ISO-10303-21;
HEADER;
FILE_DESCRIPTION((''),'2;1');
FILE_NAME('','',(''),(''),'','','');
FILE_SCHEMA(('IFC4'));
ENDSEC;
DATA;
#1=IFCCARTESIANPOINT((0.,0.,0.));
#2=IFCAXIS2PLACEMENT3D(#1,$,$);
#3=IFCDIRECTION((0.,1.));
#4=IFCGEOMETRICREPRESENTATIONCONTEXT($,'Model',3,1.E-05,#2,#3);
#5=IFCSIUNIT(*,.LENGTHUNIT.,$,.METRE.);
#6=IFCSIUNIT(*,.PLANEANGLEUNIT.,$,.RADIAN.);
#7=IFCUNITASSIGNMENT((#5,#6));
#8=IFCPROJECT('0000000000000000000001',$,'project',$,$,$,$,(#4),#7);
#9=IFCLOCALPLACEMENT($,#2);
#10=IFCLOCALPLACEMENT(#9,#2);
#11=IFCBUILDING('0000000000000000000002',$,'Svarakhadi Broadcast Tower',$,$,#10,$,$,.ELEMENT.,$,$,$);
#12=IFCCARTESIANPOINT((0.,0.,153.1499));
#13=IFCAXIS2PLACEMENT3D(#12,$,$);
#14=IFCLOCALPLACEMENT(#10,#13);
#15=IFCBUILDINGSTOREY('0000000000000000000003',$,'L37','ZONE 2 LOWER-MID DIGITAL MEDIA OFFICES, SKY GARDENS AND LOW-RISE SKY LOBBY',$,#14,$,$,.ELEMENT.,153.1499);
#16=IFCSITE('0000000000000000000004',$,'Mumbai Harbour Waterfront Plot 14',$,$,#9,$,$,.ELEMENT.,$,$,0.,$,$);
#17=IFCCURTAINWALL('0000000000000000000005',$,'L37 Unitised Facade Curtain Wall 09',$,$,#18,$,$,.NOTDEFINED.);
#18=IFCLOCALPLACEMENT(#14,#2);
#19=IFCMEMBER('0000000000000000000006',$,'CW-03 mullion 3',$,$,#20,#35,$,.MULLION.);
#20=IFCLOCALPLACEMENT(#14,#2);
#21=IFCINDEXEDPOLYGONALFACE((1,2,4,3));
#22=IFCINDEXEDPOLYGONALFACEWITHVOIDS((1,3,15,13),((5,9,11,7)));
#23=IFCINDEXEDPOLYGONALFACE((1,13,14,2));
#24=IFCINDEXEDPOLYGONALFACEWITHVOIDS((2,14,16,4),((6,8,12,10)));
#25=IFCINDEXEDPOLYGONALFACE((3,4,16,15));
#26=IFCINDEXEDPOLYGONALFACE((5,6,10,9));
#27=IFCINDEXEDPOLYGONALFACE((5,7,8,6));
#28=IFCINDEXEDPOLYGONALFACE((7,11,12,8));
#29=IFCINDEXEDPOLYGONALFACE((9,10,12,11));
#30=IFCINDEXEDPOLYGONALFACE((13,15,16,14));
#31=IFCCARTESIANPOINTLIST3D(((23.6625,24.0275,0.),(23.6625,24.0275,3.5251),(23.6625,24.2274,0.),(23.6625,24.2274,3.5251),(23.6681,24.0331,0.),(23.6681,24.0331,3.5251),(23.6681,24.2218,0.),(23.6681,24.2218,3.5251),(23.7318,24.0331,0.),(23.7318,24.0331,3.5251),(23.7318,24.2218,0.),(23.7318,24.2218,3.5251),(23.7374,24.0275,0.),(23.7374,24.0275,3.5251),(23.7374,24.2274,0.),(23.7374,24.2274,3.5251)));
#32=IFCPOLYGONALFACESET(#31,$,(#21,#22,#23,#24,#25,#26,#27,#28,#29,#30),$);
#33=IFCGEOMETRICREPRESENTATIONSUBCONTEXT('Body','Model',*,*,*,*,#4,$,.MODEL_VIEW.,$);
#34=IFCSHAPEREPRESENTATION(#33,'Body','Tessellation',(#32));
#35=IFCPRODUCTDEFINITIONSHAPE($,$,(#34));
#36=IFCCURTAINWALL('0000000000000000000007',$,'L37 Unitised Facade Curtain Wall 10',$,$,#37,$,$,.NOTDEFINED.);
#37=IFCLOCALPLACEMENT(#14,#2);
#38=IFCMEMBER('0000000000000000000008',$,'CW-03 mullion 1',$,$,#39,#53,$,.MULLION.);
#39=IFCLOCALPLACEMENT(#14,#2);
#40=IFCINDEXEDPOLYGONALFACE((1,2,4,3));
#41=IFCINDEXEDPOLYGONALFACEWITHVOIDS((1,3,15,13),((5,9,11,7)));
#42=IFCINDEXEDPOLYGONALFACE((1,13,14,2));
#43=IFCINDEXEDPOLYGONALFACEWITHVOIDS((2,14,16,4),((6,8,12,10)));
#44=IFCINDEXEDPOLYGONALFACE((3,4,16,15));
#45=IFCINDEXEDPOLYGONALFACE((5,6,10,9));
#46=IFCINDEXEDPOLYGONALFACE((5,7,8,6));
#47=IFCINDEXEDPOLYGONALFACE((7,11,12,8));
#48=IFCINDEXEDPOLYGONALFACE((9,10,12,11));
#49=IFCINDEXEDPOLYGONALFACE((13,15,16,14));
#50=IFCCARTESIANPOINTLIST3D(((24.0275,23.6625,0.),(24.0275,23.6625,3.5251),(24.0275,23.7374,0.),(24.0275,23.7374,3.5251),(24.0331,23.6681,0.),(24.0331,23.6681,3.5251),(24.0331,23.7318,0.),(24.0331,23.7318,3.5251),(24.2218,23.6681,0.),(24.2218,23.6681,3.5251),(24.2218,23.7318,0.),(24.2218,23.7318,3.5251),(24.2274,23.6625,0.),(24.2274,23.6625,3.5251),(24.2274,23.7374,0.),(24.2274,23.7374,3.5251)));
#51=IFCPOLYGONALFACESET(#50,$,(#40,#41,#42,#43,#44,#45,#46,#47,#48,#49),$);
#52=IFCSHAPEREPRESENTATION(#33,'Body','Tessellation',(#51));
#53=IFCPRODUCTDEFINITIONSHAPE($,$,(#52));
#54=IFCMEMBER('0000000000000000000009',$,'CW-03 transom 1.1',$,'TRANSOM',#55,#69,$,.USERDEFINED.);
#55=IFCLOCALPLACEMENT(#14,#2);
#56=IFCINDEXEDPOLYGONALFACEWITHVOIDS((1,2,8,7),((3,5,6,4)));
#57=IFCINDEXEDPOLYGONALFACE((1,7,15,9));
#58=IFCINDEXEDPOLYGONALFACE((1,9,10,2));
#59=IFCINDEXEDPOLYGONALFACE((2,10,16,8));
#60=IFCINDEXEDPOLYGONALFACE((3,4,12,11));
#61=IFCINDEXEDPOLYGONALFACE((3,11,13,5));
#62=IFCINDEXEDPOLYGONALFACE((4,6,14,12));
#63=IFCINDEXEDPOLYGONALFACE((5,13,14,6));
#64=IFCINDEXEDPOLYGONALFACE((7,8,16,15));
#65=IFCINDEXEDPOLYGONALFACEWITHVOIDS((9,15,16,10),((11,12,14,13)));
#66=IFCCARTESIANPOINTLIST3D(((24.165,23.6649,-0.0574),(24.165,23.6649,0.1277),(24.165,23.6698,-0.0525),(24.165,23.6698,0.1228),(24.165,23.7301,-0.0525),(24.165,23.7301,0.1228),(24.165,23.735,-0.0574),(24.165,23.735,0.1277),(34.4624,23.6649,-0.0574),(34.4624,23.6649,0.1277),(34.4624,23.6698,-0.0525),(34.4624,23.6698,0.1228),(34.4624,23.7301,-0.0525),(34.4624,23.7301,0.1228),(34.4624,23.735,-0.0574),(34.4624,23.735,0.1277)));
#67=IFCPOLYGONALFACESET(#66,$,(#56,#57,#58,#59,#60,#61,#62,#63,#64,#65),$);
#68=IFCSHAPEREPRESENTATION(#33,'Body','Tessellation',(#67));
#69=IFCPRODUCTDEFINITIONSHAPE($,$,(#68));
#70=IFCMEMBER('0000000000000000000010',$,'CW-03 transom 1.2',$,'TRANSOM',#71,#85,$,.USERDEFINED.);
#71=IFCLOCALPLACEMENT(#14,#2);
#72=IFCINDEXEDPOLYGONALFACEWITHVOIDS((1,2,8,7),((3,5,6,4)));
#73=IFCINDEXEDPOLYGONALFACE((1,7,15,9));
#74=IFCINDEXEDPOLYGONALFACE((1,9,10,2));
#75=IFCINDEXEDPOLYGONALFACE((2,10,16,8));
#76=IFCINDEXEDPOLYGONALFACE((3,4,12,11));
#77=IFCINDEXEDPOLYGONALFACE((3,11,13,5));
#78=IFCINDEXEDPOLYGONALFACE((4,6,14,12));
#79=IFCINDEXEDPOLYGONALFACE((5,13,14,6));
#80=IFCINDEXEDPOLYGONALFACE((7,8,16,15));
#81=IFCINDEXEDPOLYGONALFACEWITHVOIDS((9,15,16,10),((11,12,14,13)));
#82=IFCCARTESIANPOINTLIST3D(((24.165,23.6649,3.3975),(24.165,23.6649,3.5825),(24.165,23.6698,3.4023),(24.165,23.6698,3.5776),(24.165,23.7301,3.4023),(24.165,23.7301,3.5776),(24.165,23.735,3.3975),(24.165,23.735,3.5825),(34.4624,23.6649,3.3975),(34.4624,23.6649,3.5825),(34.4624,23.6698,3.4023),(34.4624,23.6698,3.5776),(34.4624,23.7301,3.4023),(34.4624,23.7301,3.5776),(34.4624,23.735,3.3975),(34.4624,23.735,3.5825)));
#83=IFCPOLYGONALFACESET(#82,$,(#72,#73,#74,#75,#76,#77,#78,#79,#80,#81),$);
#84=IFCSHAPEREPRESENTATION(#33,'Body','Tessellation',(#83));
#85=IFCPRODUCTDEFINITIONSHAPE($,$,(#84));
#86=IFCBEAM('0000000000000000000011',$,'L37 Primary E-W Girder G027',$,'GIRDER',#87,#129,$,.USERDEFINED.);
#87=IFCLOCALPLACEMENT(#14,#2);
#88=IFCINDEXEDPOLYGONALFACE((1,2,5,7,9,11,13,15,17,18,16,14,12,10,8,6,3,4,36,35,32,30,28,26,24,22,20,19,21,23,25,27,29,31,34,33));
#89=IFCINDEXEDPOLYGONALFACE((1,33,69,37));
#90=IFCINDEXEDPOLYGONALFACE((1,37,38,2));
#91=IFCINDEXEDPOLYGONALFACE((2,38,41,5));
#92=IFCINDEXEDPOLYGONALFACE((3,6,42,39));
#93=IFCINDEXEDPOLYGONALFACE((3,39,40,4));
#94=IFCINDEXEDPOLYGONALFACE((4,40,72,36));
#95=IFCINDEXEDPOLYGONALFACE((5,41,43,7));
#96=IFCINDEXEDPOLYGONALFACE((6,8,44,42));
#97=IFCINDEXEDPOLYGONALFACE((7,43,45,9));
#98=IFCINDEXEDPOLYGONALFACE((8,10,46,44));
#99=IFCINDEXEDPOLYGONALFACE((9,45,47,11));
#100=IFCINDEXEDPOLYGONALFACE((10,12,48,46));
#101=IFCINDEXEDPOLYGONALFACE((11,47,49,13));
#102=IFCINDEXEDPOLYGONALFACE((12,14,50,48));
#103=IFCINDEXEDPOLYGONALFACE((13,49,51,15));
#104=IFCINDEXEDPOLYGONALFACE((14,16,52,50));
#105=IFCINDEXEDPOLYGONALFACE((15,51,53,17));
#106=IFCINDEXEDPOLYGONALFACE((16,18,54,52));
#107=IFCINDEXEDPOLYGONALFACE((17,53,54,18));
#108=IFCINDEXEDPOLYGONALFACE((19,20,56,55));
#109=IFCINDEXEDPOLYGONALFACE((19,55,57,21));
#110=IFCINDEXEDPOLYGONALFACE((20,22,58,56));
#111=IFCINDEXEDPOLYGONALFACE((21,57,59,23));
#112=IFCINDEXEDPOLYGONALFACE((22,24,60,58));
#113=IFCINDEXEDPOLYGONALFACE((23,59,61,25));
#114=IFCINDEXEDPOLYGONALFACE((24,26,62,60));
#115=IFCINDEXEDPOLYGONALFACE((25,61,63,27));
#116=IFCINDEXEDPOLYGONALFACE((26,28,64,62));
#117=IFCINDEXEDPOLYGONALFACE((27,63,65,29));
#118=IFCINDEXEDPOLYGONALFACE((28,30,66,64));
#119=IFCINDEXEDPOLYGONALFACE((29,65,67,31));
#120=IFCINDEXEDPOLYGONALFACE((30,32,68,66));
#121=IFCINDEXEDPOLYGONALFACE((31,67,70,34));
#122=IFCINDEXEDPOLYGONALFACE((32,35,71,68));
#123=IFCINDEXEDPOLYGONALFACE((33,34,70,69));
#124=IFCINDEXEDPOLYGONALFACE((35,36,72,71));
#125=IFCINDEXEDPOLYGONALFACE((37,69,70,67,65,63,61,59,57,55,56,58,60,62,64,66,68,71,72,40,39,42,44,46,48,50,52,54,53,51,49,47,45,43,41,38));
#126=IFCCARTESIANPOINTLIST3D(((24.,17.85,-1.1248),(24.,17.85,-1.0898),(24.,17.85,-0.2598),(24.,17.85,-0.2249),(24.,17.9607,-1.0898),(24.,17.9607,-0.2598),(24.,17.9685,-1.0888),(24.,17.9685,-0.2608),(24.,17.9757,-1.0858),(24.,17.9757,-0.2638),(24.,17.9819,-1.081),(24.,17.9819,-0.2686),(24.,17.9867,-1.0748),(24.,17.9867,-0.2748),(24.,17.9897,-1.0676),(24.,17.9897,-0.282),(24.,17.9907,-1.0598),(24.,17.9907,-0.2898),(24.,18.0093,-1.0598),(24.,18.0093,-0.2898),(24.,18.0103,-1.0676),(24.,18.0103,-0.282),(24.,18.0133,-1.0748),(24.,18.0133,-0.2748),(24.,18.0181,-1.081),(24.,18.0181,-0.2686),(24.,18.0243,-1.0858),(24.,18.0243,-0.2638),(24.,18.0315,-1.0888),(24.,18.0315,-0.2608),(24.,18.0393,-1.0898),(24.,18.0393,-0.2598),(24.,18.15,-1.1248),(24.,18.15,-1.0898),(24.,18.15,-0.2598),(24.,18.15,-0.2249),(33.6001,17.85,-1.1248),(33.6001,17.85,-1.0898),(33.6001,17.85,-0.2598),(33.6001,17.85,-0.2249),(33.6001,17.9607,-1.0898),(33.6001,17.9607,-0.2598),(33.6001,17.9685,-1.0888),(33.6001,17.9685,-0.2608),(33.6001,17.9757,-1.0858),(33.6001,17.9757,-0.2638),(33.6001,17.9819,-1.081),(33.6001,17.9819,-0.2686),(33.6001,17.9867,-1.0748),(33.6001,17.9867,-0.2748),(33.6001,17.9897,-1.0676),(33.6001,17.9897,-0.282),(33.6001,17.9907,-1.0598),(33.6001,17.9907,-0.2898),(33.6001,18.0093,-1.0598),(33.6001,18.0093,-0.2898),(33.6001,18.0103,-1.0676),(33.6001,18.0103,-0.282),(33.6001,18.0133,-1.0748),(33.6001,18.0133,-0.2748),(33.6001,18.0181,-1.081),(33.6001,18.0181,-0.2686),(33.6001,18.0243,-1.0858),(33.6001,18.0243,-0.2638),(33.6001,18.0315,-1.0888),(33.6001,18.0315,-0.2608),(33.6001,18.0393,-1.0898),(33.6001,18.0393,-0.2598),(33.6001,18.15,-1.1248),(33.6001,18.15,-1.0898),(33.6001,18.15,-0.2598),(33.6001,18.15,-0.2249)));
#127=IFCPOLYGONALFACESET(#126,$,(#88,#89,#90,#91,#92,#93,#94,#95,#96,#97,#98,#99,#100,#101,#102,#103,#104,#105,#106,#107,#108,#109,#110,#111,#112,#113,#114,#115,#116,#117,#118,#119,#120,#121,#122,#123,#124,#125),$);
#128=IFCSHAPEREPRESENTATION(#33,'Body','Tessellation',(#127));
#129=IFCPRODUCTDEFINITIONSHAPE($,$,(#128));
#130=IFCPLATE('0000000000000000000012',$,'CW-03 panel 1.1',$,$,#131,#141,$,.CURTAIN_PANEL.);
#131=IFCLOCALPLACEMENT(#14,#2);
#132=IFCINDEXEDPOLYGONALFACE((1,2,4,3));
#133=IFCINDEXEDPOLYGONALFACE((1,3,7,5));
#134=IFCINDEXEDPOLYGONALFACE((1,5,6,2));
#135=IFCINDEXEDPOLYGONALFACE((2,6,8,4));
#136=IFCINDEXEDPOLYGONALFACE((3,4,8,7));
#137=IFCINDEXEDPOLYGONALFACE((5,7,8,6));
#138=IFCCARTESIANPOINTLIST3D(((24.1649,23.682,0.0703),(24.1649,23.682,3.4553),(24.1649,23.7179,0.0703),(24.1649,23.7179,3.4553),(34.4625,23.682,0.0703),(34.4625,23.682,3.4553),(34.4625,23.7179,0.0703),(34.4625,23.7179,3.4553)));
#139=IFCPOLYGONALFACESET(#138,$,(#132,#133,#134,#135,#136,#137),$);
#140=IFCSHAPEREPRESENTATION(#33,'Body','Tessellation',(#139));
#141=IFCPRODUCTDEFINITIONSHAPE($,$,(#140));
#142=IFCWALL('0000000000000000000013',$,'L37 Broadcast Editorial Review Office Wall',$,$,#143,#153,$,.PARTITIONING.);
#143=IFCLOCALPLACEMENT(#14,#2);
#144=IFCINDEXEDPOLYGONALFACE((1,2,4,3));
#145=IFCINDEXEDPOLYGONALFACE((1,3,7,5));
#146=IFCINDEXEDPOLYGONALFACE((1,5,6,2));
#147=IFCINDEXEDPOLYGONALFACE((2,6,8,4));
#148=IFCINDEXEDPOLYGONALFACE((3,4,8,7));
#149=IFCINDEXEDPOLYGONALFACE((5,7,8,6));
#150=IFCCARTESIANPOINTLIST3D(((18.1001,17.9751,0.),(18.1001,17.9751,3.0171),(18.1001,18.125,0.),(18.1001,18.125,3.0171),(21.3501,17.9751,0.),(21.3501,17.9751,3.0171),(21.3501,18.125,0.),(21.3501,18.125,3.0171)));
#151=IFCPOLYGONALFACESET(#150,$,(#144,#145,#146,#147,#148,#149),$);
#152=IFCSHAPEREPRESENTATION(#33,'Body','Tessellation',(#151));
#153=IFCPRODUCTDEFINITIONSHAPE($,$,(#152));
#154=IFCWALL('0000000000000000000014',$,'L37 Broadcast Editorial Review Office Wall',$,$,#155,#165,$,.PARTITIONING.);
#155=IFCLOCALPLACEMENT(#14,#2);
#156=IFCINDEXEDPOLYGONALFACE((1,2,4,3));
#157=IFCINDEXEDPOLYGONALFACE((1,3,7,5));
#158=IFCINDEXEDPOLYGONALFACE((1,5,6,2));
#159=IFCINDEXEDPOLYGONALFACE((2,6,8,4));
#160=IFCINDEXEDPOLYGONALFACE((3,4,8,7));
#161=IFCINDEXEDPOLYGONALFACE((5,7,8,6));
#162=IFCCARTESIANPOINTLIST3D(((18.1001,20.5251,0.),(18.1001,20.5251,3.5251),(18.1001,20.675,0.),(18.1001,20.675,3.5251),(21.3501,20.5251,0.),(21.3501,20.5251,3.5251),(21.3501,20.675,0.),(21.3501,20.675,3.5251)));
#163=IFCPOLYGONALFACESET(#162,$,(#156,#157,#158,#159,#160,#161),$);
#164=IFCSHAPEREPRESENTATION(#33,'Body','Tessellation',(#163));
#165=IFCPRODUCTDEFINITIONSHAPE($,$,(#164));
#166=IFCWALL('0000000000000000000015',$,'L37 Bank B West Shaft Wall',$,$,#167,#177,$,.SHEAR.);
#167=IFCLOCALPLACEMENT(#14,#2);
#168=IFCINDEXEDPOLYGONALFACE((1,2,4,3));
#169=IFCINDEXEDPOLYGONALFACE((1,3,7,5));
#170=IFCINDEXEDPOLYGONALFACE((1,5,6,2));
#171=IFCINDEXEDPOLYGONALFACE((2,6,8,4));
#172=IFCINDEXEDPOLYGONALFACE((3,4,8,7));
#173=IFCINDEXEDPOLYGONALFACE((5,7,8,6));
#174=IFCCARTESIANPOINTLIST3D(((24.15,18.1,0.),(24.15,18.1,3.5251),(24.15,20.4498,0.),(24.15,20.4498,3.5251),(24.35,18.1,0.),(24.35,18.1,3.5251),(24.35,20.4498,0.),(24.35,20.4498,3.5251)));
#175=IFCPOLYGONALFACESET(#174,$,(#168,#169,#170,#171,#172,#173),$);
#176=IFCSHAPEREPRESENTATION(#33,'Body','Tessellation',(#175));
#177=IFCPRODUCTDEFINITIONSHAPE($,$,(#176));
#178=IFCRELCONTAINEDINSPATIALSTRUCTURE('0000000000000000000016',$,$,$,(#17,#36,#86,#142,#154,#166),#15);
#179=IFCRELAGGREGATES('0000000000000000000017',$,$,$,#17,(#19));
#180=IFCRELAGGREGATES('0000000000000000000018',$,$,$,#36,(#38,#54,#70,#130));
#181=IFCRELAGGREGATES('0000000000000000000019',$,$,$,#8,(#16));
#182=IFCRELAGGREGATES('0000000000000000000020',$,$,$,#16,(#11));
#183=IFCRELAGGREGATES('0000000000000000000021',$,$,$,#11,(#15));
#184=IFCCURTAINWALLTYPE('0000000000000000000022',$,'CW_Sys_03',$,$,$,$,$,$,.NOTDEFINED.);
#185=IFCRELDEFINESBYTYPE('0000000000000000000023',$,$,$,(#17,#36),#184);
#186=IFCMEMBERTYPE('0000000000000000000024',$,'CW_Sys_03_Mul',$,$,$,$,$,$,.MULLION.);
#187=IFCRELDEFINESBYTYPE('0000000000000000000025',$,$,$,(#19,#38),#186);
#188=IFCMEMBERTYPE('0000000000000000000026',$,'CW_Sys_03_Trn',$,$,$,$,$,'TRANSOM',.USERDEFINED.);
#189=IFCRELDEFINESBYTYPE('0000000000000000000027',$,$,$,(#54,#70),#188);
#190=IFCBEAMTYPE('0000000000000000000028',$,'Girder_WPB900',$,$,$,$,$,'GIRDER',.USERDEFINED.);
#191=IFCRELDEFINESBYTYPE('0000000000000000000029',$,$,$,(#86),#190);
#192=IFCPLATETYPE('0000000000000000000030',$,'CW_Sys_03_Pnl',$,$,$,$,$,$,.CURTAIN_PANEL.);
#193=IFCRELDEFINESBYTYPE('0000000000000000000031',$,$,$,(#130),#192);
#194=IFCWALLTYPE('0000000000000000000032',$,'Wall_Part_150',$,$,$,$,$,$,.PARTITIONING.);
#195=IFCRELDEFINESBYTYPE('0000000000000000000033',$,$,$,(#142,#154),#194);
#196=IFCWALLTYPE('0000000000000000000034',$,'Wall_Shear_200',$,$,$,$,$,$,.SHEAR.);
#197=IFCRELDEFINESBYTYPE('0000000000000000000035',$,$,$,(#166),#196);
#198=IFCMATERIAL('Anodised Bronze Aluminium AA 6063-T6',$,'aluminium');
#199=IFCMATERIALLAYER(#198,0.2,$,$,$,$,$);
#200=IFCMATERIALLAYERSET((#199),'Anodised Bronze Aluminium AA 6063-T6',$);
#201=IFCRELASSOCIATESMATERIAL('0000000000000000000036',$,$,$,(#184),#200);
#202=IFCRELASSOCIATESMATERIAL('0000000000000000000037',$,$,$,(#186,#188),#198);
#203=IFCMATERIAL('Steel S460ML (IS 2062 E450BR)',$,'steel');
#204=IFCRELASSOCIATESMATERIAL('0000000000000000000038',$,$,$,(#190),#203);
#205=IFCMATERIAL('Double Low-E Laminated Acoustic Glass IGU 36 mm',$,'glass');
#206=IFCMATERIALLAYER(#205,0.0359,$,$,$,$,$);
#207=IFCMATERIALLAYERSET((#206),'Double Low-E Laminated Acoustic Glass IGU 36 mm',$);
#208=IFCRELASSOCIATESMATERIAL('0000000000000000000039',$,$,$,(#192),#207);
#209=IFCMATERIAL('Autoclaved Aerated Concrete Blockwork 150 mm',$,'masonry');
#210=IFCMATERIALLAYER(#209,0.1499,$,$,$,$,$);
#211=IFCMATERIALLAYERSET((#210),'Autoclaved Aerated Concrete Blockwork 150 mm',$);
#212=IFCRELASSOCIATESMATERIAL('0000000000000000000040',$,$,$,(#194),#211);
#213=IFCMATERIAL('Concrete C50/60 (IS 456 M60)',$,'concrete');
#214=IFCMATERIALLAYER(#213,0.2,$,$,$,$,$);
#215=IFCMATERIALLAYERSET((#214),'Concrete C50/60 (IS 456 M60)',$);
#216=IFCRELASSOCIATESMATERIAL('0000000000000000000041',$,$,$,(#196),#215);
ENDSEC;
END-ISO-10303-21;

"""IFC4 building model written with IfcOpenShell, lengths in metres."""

from ifc_helpers import new_model, si_unit, direction, frame, frame_2d, origin, origin_2d, place, context, subcontext, project, spatial, rectangle, hollow_rectangle, i_section, extrude, material, layer, layer_set, material_profile, profile_set, type_object, element, aggregate, save


model = new_model("IFC4")

# Units and contexts
model_context = context("Model", 3, precision=1e-05, world=origin(), true_north=direction((0.0, 1.0)))
body_context = subcontext(model_context, "Body", "Model", "MODEL_VIEW")
ifc_project = project(units=[si_unit("LENGTHUNIT", "METRE"), si_unit("PLANEANGLEUNIT", "RADIAN")], contexts=[model_context])

# Site, building, storey
site_placement = place(None, origin())
site = spatial("IfcSite", under=ifc_project, at=site_placement, Name="Mumbai Harbour Waterfront Plot 14", CompositionType="ELEMENT", RefElevation=0.0)
building_placement = place(site_placement, origin())
building = spatial("IfcBuilding", under=site, at=building_placement, Name="Svarakhadi Broadcast Tower", CompositionType="ELEMENT")
storey_placement = place(building_placement, frame((0.0, 0.0, 153.1499)))
storey = spatial("IfcBuildingStorey", under=building, at=storey_placement, Name="L37", Description="ZONE 2 LOWER-MID DIGITAL MEDIA OFFICES, SKY GARDENS AND LOW-RISE SKY LOBBY", CompositionType="ELEMENT", Elevation=153.1499)

# Curtain wall, member
ifc_material_1 = material(Name="Anodised Bronze Aluminium AA 6063-T6", Category="aluminium")
ifc_layer_1 = layer(ifc_material_1, 0.2)
ifc_layer_set_1 = layer_set([ifc_layer_1], Name="Anodised Bronze Aluminium AA 6063-T6")
curtain_wall_type = type_object("IfcCurtainWallType", Name="CW_Sys_03", PredefinedType="NOTDEFINED", material=ifc_layer_set_1)
curtain_wall_1_placement = place(storey_placement, origin())
curtain_wall_1 = element("IfcCurtainWall", 1, at=curtain_wall_1_placement, inside=storey, type_object=curtain_wall_type, Name="L37 Unitised Facade Curtain Wall 09", PredefinedType="NOTDEFINED")
ifc_material_profile_1 = material_profile(ifc_material_1, hollow_rectangle(XDim=0.075, YDim=0.2, WallThickness=0.0056, at=origin_2d()), Name="ALU MULLION 200x75x6")
ifc_profile_set_1 = profile_set([ifc_material_profile_1], Name="Anodised Bronze Aluminium AA 6063-T6")
member_type_1 = type_object("IfcMemberType", Name="CW_Sys_03_Mul", PredefinedType="MULLION", material=ifc_profile_set_1)
member_1_placement = place(storey_placement, frame((23.7, 24.1274, 0.0), z_axis=(0.0, 0.0, 1.0), x_axis=(1.0, 0.0, 0.0)))
member_1 = element("IfcMember", 2, at=member_1_placement, type_object=member_type_1, Name="CW-03 mullion 3", PredefinedType="MULLION", context=body_context, shape_type="SweptSolid", body=[
    extrude(hollow_rectangle(XDim=0.075, YDim=0.2, WallThickness=0.0056, at=origin_2d()), origin(), (0.0, 0.0, 1.0), 3.5251),
])
aggregate(curtain_wall_1, [member_1])

# Curtain wall, members
curtain_wall_2_placement = place(storey_placement, origin())
curtain_wall_2 = element("IfcCurtainWall", 3, at=curtain_wall_2_placement, inside=storey, type_object=curtain_wall_type, Name="L37 Unitised Facade Curtain Wall 10", PredefinedType="NOTDEFINED")
member_2_placement = place(storey_placement, frame((24.1274, 23.7, 0.0), z_axis=(0.0, 0.0, 1.0), x_axis=(0.0, 1.0, 0.0)))
member_2 = element("IfcMember", 4, at=member_2_placement, type_object=member_type_1, Name="CW-03 mullion 1", PredefinedType="MULLION", context=body_context, shape_type="SweptSolid", body=[
    extrude(hollow_rectangle(XDim=0.075, YDim=0.2, WallThickness=0.0056, at=origin_2d()), origin(), (0.0, 0.0, 1.0), 3.5251),
])
ifc_material_profile_2 = material_profile(ifc_material_1, hollow_rectangle(XDim=0.0701, YDim=0.1851, WallThickness=0.0049, at=origin_2d()), Name="ALU TRANSOM 185x70x5")
ifc_profile_set_2 = profile_set([ifc_material_profile_2], Name="Anodised Bronze Aluminium AA 6063-T6")
member_type_2 = type_object("IfcMemberType", Name="CW_Sys_03_Trn", ElementType="TRANSOM", PredefinedType="USERDEFINED", material=ifc_profile_set_2)
member_3_placement = place(storey_placement, frame((24.165, 23.7, 0.0352), z_axis=(1.0, 0.0, 0.0), x_axis=(0.0, 1.0, 0.0)))
member_3 = element("IfcMember", 5, at=member_3_placement, type_object=member_type_2, Name="CW-03 transom 1.1", ObjectType="TRANSOM", PredefinedType="USERDEFINED", context=body_context, shape_type="SweptSolid", body=[
    extrude(hollow_rectangle(XDim=0.0701, YDim=0.1851, WallThickness=0.0049, at=origin_2d()), origin(), (0.0, 0.0, 1.0), 10.2974),
])
member_4_placement = place(storey_placement, frame((24.165, 23.7, 3.49), z_axis=(1.0, 0.0, 0.0), x_axis=(0.0, 1.0, 0.0)))
member_4 = element("IfcMember", 6, at=member_4_placement, type_object=member_type_2, Name="CW-03 transom 1.2", ObjectType="TRANSOM", PredefinedType="USERDEFINED", context=body_context, shape_type="SweptSolid", body=[
    extrude(hollow_rectangle(XDim=0.0701, YDim=0.1851, WallThickness=0.0049, at=origin_2d()), origin(), (0.0, 0.0, 1.0), 10.2974),
])

# Beam
ifc_material_2 = material(Name="Steel S460ML (IS 2062 E450BR)", Category="steel")
ifc_material_profile_3 = material_profile(ifc_material_2, i_section(OverallWidth=0.3, OverallDepth=0.8999, WebThickness=0.0186, FlangeThickness=0.0349, FilletRadius=0.03, at=origin_2d()), Name="WPB 900x300x291")
ifc_profile_set_3 = profile_set([ifc_material_profile_3], Name="Steel S460ML (IS 2062 E450BR)")
beam_type = type_object("IfcBeamType", Name="Girder_WPB900", ElementType="GIRDER", PredefinedType="USERDEFINED", material=ifc_profile_set_3)
beam_placement = place(storey_placement, frame((24.0, 18.0, -0.6748), z_axis=(1.0, 0.0, 0.0), x_axis=(0.0, 1.0, 0.0)))
element("IfcBeam", 7, at=beam_placement, inside=storey, type_object=beam_type, Name="L37 Primary E-W Girder G027", ObjectType="GIRDER", PredefinedType="USERDEFINED", context=body_context, shape_type="SweptSolid", body=[
    extrude(i_section(OverallWidth=0.3, OverallDepth=0.8999, WebThickness=0.0186, FlangeThickness=0.0349, FilletRadius=0.03, at=origin_2d()), origin(), (0.0, 0.0, 1.0), 9.6001),
])

# Plate
ifc_material_3 = material(Name="Double Low-E Laminated Acoustic Glass IGU 36 mm", Category="glass")
ifc_layer_2 = layer(ifc_material_3, 0.0359)
ifc_layer_set_2 = layer_set([ifc_layer_2], Name="Double Low-E Laminated Acoustic Glass IGU 36 mm")
plate_type = type_object("IfcPlateType", Name="CW_Sys_03_Pnl", PredefinedType="CURTAIN_PANEL", material=ifc_layer_set_2)
plate_placement = place(storey_placement, frame((29.3137, 23.7, 0.0703), z_axis=(0.0, 0.0, 1.0), x_axis=(1.0, 0.0, 0.0)))
plate = element("IfcPlate", 8, at=plate_placement, type_object=plate_type, Name="CW-03 panel 1.1", PredefinedType="CURTAIN_PANEL", context=body_context, shape_type="SweptSolid", body=[
    extrude(rectangle(XDim=10.2976, YDim=0.0359, at=origin_2d()), origin(), (0.0, 0.0, 1.0), 3.385),
])
aggregate(curtain_wall_2, [member_2, member_3, member_4, plate])

# Walls
ifc_material_4 = material(Name="Autoclaved Aerated Concrete Blockwork 150 mm", Category="masonry")
ifc_layer_3 = layer(ifc_material_4, 0.1499)
ifc_layer_set_3 = layer_set([ifc_layer_3], Name="Autoclaved Aerated Concrete Blockwork 150 mm")
wall_type_1 = type_object("IfcWallType", Name="Wall_Part_150", PredefinedType="PARTITIONING", material=ifc_layer_set_3)
wall_1_placement = place(storey_placement, frame((18.1001, 18.05, 0.0), z_axis=(0.0, 0.0, 1.0), x_axis=(1.0, 0.0, 0.0)))
element("IfcWall", 9, at=wall_1_placement, inside=storey, type_object=wall_type_1, Name="L37 Broadcast Editorial Review Office Wall", PredefinedType="PARTITIONING", context=body_context, shape_type="SweptSolid", body=[
    extrude(rectangle(XDim=3.25, YDim=0.1499, at=frame_2d((1.625, 0.0))), origin(), (0.0, 0.0, 1.0), 3.0171),
])
wall_2_placement = place(storey_placement, frame((18.1001, 20.6001, 0.0), z_axis=(0.0, 0.0, 1.0), x_axis=(1.0, 0.0, 0.0)))
element("IfcWall", 10, at=wall_2_placement, inside=storey, type_object=wall_type_1, Name="L37 Broadcast Editorial Review Office Wall", PredefinedType="PARTITIONING", context=body_context, shape_type="SweptSolid", body=[
    extrude(rectangle(XDim=3.25, YDim=0.1499, at=frame_2d((1.625, 0.0))), origin(), (0.0, 0.0, 1.0), 3.5251),
])
ifc_material_5 = material(Name="Concrete C50/60 (IS 456 M60)", Category="concrete")
ifc_layer_4 = layer(ifc_material_5, 0.2)
ifc_layer_set_4 = layer_set([ifc_layer_4], Name="Concrete C50/60 (IS 456 M60)")
wall_type_2 = type_object("IfcWallType", Name="Wall_Shear_200", PredefinedType="SHEAR", material=ifc_layer_set_4)
wall_3_placement = place(storey_placement, frame((24.25, 18.1001, 0.0), z_axis=(0.0, 0.0, 1.0), x_axis=(0.0, 1.0, 0.0)))
element("IfcWall", 11, at=wall_3_placement, inside=storey, type_object=wall_type_2, Name="L37 Bank B West Shaft Wall", PredefinedType="SHEAR", context=body_context, shape_type="SweptSolid", body=[
    extrude(rectangle(XDim=2.3499, YDim=0.2, at=frame_2d((1.1748, 0.0))), origin(), (0.0, 0.0, 1.0), 3.5251),
])

save(model, "model.ifc")
